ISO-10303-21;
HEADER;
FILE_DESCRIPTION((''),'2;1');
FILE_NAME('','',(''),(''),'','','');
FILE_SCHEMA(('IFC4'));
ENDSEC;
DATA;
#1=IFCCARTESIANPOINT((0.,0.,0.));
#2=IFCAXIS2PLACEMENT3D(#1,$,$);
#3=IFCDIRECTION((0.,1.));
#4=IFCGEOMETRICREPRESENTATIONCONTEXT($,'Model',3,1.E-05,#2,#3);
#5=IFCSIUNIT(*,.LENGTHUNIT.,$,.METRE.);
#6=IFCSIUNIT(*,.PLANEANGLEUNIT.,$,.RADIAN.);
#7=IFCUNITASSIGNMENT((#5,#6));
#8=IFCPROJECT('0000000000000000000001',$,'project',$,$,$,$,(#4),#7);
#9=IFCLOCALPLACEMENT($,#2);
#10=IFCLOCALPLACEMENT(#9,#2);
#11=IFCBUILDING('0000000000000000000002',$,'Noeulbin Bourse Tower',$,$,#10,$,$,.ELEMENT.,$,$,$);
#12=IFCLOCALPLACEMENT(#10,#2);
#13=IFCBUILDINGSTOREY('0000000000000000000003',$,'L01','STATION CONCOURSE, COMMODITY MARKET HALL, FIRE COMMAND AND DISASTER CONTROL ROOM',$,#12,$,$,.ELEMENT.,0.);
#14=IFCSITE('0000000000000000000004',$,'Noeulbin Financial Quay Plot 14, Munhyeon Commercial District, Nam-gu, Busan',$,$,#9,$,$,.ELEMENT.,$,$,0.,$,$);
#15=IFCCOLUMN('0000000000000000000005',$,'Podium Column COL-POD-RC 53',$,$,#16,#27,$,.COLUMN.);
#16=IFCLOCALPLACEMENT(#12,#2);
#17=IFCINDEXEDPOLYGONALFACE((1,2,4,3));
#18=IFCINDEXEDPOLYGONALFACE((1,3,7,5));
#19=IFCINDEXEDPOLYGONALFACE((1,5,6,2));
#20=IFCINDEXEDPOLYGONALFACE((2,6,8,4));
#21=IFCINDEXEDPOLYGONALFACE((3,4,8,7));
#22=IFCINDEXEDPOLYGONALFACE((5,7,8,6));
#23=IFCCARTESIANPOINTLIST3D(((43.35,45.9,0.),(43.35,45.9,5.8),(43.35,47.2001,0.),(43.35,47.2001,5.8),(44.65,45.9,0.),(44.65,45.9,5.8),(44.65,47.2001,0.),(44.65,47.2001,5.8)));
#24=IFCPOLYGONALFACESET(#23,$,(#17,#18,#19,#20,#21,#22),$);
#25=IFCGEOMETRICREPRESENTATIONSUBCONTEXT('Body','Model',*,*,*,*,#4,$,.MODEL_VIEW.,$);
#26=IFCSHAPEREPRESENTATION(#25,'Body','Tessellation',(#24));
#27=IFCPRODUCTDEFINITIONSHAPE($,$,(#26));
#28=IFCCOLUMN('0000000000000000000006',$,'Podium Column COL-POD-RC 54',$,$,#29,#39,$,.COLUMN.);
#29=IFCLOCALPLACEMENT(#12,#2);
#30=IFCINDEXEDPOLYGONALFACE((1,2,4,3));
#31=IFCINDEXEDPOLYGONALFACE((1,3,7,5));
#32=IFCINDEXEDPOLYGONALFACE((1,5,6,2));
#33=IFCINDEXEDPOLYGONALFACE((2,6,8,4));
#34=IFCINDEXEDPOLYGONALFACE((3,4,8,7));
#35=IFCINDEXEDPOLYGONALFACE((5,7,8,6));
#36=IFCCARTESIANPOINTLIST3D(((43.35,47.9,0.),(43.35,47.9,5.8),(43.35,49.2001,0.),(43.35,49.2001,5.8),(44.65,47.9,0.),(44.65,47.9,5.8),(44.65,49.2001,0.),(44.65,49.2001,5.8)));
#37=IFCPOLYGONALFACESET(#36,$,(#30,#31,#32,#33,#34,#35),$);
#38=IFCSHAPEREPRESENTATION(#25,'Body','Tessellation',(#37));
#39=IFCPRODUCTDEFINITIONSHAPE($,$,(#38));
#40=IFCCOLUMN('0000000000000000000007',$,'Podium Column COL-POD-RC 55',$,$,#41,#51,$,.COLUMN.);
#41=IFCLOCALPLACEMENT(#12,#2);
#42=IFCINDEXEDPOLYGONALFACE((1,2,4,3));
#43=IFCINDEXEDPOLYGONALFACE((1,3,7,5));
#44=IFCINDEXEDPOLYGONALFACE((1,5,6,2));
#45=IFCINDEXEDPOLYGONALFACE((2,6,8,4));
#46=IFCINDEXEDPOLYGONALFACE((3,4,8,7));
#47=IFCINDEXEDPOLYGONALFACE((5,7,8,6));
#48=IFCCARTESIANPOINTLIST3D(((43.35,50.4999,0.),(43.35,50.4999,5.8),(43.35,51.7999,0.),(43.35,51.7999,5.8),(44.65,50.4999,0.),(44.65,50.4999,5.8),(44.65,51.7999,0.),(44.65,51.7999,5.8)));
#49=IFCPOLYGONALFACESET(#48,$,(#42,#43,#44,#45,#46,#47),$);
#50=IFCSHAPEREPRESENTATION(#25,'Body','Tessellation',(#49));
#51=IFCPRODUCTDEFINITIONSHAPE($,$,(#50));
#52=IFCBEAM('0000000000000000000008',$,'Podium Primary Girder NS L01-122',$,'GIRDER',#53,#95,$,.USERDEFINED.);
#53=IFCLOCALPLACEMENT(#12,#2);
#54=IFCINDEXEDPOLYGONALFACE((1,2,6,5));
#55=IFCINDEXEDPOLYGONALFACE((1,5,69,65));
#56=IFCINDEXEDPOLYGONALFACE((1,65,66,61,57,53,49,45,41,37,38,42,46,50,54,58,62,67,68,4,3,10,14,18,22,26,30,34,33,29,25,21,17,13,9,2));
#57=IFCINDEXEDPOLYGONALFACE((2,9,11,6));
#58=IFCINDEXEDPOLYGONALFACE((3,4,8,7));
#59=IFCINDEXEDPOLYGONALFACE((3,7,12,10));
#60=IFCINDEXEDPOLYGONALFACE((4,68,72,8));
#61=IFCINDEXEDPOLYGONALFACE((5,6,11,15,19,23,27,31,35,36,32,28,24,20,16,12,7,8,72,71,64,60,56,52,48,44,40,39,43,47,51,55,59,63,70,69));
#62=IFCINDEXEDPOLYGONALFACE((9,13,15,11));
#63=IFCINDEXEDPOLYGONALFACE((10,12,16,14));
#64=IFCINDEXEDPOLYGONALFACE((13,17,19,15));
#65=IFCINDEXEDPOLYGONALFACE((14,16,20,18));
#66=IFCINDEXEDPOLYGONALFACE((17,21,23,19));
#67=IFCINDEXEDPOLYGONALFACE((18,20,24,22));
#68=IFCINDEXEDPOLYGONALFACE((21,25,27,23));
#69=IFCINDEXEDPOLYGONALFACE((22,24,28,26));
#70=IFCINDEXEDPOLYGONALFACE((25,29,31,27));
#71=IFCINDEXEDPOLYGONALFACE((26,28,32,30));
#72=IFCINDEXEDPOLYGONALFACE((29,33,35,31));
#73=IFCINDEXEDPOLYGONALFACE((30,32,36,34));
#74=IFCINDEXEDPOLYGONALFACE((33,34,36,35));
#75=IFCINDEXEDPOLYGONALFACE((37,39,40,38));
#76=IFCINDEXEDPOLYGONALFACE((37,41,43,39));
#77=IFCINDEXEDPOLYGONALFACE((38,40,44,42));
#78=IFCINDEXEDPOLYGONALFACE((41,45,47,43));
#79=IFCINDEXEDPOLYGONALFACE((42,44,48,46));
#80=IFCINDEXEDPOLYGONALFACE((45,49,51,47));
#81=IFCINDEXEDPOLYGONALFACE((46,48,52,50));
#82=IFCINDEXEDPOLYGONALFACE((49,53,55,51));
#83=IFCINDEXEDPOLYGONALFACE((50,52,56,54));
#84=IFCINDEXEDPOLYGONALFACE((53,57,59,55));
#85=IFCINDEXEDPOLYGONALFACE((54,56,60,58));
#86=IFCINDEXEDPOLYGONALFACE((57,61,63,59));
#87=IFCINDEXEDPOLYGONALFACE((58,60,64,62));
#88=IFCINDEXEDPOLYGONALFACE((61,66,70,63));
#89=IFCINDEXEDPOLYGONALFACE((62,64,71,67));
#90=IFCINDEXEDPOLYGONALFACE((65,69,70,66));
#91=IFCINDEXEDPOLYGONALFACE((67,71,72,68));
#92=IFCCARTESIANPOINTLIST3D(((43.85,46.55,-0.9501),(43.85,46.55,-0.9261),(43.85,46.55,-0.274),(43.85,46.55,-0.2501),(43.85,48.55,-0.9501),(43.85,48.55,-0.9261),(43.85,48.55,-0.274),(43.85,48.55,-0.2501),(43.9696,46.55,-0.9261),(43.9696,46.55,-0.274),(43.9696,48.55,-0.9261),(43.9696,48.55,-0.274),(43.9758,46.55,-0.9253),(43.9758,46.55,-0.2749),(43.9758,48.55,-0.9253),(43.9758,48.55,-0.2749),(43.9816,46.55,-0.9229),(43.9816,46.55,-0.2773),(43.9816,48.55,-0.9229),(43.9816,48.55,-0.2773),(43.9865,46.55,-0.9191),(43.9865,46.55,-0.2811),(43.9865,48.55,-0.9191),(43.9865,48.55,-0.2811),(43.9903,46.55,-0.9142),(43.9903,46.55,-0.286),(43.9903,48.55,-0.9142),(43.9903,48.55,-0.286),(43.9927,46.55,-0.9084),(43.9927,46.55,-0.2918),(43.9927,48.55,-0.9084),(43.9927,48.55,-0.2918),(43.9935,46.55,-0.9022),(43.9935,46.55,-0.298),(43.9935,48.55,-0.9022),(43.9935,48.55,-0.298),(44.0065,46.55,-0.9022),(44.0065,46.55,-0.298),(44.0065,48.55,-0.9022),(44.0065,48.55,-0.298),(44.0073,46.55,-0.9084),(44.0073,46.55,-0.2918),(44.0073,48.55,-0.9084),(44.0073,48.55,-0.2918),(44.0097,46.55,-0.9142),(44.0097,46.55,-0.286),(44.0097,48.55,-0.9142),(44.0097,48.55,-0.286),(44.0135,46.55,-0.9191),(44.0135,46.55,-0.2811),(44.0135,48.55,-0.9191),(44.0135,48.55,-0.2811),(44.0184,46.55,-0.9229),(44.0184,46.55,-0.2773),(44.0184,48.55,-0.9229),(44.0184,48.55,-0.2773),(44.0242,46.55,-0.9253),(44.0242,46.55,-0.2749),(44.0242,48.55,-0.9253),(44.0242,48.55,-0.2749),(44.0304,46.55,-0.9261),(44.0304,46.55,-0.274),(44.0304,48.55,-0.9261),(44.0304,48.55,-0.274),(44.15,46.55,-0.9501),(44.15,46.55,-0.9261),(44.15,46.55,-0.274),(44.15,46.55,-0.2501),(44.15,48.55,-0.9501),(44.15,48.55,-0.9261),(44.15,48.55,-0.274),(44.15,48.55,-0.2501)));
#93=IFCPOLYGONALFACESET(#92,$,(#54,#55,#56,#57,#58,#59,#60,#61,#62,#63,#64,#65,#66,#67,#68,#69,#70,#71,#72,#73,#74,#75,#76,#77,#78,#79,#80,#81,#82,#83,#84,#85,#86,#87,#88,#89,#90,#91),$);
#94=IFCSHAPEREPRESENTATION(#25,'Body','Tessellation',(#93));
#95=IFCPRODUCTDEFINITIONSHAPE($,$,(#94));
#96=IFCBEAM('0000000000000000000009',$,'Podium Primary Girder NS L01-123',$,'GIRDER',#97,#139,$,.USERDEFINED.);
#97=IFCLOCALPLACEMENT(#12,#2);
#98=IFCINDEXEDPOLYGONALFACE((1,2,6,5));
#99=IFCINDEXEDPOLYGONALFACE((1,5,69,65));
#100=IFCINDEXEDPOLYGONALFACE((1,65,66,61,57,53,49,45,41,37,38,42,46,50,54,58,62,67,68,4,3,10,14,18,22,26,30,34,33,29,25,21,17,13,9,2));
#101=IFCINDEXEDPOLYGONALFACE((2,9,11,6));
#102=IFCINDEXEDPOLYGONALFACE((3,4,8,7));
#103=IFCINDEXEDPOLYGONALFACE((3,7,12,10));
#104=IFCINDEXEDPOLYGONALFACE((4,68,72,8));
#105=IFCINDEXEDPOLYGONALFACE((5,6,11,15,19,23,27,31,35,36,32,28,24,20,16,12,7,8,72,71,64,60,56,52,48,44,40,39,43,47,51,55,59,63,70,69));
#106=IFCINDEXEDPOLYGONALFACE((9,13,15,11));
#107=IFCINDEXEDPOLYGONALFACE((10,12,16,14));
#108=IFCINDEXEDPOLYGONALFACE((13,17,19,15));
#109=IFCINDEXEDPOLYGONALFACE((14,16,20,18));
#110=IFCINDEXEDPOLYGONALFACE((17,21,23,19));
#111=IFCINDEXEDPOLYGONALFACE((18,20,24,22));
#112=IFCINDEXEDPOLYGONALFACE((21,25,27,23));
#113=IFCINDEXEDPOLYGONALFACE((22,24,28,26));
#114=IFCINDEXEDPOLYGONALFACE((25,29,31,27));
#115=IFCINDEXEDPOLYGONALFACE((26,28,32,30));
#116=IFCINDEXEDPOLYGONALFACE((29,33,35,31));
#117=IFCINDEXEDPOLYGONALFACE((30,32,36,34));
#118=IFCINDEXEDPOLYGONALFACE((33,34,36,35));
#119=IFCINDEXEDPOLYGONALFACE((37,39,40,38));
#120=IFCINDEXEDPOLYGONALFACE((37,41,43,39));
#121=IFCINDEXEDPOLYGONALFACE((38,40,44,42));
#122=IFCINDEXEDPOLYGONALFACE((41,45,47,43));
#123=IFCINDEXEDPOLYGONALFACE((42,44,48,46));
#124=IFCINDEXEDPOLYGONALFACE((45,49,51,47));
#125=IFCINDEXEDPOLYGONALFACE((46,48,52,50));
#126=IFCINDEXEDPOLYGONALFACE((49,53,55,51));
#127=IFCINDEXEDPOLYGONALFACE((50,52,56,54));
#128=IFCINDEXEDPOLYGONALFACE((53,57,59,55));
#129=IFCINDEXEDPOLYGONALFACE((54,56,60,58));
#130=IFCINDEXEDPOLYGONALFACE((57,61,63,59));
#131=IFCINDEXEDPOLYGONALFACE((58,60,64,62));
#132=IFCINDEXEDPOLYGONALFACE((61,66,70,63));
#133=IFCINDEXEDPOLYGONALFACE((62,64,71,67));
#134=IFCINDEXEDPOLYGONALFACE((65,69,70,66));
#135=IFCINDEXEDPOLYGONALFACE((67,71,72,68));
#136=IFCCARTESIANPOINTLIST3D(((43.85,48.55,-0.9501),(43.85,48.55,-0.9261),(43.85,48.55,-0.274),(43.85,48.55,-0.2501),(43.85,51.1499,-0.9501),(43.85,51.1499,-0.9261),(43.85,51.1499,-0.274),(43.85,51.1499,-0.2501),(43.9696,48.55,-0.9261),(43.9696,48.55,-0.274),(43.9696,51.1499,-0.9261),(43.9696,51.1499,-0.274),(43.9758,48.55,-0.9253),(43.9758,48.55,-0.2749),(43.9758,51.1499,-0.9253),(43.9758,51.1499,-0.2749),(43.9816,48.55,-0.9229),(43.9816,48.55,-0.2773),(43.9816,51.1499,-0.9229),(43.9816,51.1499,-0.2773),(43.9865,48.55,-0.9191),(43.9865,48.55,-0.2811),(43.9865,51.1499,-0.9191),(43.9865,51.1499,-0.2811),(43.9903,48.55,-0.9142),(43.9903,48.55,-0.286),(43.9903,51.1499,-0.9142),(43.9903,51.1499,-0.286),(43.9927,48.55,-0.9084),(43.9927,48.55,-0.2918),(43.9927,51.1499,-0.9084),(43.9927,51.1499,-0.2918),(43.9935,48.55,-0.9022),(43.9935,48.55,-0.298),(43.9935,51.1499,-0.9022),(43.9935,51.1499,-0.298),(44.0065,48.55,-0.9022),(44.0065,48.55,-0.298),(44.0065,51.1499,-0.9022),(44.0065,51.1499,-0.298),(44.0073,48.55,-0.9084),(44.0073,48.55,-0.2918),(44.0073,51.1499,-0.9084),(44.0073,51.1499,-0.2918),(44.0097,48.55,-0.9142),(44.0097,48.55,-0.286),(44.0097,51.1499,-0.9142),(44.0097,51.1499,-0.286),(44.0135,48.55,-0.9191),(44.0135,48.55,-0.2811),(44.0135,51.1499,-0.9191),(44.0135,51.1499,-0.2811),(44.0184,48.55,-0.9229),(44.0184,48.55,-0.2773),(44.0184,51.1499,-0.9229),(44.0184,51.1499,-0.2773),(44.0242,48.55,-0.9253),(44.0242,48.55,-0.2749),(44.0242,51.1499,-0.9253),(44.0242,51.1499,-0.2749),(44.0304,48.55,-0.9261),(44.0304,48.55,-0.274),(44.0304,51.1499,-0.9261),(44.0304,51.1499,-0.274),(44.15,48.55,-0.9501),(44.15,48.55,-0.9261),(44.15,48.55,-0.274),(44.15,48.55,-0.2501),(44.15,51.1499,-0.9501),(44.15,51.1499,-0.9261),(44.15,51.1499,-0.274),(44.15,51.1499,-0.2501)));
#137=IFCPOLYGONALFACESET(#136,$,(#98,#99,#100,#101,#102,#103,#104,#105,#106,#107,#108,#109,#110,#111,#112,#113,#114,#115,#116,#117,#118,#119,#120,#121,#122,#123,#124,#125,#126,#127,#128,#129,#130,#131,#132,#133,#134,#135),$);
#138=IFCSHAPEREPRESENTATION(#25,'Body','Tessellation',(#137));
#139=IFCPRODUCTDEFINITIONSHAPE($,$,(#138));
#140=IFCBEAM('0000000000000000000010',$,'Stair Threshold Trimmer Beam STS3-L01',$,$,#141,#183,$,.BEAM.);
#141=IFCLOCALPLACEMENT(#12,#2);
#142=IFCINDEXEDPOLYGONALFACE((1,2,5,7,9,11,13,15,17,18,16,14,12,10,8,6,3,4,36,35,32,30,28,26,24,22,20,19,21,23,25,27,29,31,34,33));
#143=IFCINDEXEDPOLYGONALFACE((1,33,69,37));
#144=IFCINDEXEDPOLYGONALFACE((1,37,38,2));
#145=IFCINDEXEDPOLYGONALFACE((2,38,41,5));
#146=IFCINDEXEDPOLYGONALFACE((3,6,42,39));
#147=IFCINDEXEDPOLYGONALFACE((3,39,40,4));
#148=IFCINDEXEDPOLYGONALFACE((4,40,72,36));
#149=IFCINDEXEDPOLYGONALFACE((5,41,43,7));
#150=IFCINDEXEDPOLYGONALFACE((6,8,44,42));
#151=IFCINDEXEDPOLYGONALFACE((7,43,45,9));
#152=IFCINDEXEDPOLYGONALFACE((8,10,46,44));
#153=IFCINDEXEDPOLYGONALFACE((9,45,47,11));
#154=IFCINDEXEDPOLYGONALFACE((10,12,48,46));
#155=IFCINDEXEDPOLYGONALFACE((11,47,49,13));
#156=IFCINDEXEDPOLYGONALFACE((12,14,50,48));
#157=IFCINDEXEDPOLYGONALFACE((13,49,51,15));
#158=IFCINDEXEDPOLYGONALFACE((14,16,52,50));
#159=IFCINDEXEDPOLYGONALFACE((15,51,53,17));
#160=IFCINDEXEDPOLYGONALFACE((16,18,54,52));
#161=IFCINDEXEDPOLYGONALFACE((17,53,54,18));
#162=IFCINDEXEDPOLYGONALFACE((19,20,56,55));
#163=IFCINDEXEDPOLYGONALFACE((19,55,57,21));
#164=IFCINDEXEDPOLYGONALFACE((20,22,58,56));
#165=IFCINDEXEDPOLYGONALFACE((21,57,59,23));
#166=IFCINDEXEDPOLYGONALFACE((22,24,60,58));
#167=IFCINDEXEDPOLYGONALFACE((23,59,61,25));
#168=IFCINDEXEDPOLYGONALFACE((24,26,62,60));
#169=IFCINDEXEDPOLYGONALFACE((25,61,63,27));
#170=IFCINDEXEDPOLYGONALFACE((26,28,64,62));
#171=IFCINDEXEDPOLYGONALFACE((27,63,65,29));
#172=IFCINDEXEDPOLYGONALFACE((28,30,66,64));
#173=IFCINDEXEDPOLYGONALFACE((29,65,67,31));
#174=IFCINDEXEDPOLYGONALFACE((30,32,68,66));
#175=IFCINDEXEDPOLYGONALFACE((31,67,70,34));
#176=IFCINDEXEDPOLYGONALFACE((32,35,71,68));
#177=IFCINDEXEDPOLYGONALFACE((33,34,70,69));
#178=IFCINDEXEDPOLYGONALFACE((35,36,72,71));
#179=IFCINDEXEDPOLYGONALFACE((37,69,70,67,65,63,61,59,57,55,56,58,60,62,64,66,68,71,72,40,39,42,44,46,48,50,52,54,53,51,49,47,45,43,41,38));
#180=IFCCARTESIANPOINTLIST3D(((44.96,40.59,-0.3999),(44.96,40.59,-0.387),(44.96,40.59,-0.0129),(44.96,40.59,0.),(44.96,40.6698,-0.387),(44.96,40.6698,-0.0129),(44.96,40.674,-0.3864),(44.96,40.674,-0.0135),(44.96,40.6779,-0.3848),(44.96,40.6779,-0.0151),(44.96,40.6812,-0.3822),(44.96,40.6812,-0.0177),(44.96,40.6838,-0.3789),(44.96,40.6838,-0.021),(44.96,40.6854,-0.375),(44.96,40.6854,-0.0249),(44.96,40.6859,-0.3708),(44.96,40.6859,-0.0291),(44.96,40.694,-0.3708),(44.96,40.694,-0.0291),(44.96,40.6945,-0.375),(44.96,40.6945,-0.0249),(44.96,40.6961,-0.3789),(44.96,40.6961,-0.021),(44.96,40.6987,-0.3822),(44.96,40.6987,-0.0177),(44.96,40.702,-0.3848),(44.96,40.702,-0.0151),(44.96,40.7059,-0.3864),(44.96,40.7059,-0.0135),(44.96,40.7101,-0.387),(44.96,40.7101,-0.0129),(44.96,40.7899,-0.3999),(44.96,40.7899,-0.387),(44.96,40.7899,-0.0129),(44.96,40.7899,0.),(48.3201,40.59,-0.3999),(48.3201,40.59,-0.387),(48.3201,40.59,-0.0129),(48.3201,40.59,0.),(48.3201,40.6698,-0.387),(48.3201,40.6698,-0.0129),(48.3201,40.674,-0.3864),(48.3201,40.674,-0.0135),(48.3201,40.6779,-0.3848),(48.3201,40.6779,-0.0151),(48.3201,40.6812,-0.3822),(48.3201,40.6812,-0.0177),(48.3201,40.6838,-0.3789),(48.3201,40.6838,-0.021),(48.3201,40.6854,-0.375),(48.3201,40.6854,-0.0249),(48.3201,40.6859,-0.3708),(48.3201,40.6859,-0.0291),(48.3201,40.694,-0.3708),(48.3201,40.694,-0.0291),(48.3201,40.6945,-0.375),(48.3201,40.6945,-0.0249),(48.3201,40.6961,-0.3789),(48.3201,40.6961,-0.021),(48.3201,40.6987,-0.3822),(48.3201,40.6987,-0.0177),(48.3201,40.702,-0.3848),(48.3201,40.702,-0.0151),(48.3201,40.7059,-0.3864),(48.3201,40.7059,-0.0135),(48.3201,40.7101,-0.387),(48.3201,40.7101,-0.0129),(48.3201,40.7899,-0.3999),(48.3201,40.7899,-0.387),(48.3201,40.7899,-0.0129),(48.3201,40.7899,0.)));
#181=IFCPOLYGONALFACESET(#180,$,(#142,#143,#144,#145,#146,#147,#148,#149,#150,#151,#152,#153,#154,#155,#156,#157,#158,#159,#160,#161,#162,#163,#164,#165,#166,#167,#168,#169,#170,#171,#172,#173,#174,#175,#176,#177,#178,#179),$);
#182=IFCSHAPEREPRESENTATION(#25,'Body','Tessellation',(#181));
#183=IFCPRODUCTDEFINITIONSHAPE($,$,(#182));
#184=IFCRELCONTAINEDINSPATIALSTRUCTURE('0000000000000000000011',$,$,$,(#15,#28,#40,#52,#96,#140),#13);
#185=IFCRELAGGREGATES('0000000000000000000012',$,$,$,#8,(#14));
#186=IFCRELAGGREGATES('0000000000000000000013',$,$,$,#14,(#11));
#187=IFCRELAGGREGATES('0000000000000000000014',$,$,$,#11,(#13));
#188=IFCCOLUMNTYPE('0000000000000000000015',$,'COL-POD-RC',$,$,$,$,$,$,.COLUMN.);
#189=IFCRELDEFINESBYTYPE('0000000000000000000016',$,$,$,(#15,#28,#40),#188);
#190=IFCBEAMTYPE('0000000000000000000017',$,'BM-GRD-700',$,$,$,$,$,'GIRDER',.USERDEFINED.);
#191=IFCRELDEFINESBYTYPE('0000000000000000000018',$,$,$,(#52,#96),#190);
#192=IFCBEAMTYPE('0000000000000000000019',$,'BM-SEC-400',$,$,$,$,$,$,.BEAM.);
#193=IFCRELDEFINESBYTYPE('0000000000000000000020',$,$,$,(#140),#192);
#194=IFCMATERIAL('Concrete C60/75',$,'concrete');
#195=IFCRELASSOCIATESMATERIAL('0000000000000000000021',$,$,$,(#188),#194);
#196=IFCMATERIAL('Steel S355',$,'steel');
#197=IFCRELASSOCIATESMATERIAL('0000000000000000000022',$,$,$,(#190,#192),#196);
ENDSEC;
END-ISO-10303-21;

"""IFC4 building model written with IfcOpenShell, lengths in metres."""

from ifc_helpers import new_model, si_unit, direction, frame, origin, origin_2d, place, context, subcontext, project, spatial, rectangle, i_section, extrude, material, material_profile, profile_set, type_object, element, save


model = new_model("IFC4")

# Units and contexts
model_context = context("Model", 3, precision=1e-05, world=origin(), true_north=direction((0.0, 1.0)))
body_context = subcontext(model_context, "Body", "Model", "MODEL_VIEW")
ifc_project = project(units=[si_unit("LENGTHUNIT", "METRE"), si_unit("PLANEANGLEUNIT", "RADIAN")], contexts=[model_context])

# Site, building, storey
site_placement = place(None, origin())
site = spatial("IfcSite", under=ifc_project, at=site_placement, Name="Noeulbin Financial Quay Plot 14, Munhyeon Commercial District, Nam-gu, Busan", CompositionType="ELEMENT", RefElevation=0.0)
building_placement = place(site_placement, origin())
building = spatial("IfcBuilding", under=site, at=building_placement, Name="Noeulbin Bourse Tower", CompositionType="ELEMENT")
storey_placement = place(building_placement, origin())
storey = spatial("IfcBuildingStorey", under=building, at=storey_placement, Name="L01", Description="STATION CONCOURSE, COMMODITY MARKET HALL, FIRE COMMAND AND DISASTER CONTROL ROOM", CompositionType="ELEMENT", Elevation=0.0)

# Columns
ifc_material_1 = material(Name="Concrete C60/75", Category="concrete")
ifc_material_profile_1 = material_profile(ifc_material_1, rectangle(XDim=1.3, YDim=1.3, at=origin_2d()), Name="RC-COL-1300x1300", Category="LoadBearing")
ifc_profile_set_1 = profile_set([ifc_material_profile_1], Name="Concrete C60/75")
column_type = type_object("IfcColumnType", Name="COL-POD-RC", PredefinedType="COLUMN", material=ifc_profile_set_1)
for number, where, z_axis, x_axis, name in (
    (1, (44.0, 46.55, 0.0), (0.0, 0.0, 1.0), (1.0, 0.0, 0.0), "Podium Column COL-POD-RC 53"),
    (2, (44.0, 48.55, 0.0), (0.0, 0.0, 1.0), (1.0, 0.0, 0.0), "Podium Column COL-POD-RC 54"),
    (3, (44.0, 51.1499, 0.0), (0.0, 0.0, 1.0), (1.0, 0.0, 0.0), "Podium Column COL-POD-RC 55"),
):
    element("IfcColumn", number, at=place(storey_placement, frame(where, z_axis=z_axis, x_axis=x_axis)), inside=storey, type_object=column_type, Name=name, PredefinedType="COLUMN", context=body_context, shape_type="SweptSolid", body=[
        extrude(rectangle(XDim=1.3, YDim=1.3, at=origin_2d()), origin(), (0.0, 0.0, 1.0), 5.8),
    ])

# Beams
ifc_material_2 = material(Name="Steel S355", Category="steel")
ifc_material_profile_2 = material_profile(ifc_material_2, i_section(OverallWidth=0.3, OverallDepth=0.7, WebThickness=0.0129, FlangeThickness=0.0239, FilletRadius=0.0239, at=origin_2d()), Name="H-700x300x13x24", Category="LoadBearing")
ifc_profile_set_2 = profile_set([ifc_material_profile_2], Name="Steel S355")
beam_type_1 = type_object("IfcBeamType", Name="BM-GRD-700", ElementType="GIRDER", PredefinedType="USERDEFINED", material=ifc_profile_set_2)
beam_1_placement = place(storey_placement, frame((44.0, 46.55, -0.6001), z_axis=(0.0, 1.0, 0.0), x_axis=(-1.0, 0.0, 0.0)))
element("IfcBeam", 4, at=beam_1_placement, inside=storey, type_object=beam_type_1, Name="Podium Primary Girder NS L01-122", ObjectType="GIRDER", PredefinedType="USERDEFINED", context=body_context, shape_type="SweptSolid", body=[
    extrude(i_section(OverallWidth=0.3, OverallDepth=0.7, WebThickness=0.0129, FlangeThickness=0.0239, FilletRadius=0.0239, at=origin_2d()), origin(), (0.0, 0.0, 1.0), 2.0),
])
beam_2_placement = place(storey_placement, frame((44.0, 48.55, -0.6001), z_axis=(0.0, 1.0, 0.0), x_axis=(-1.0, 0.0, 0.0)))
element("IfcBeam", 5, at=beam_2_placement, inside=storey, type_object=beam_type_1, Name="Podium Primary Girder NS L01-123", ObjectType="GIRDER", PredefinedType="USERDEFINED", context=body_context, shape_type="SweptSolid", body=[
    extrude(i_section(OverallWidth=0.3, OverallDepth=0.7, WebThickness=0.0129, FlangeThickness=0.0239, FilletRadius=0.0239, at=origin_2d()), origin(), (0.0, 0.0, 1.0), 2.5999),
])
ifc_material_profile_3 = material_profile(ifc_material_2, i_section(OverallWidth=0.2, OverallDepth=0.3999, WebThickness=0.0081, FlangeThickness=0.0129, FilletRadius=0.0161, at=origin_2d()), Name="H-400x200x8x13", Category="LoadBearing")
ifc_profile_set_3 = profile_set([ifc_material_profile_3], Name="Steel S355")
beam_type_2 = type_object("IfcBeamType", Name="BM-SEC-400", PredefinedType="BEAM", material=ifc_profile_set_3)
beam_3_placement = place(storey_placement, frame((44.96, 40.6899, -0.2), z_axis=(1.0, 0.0, 0.0), x_axis=(0.0, 1.0, 0.0)))
element("IfcBeam", 6, at=beam_3_placement, inside=storey, type_object=beam_type_2, Name="Stair Threshold Trimmer Beam STS3-L01", PredefinedType="BEAM", context=body_context, shape_type="SweptSolid", body=[
    extrude(i_section(OverallWidth=0.2, OverallDepth=0.3999, WebThickness=0.0081, FlangeThickness=0.0129, FilletRadius=0.0161, at=origin_2d()), origin(), (0.0, 0.0, 1.0), 3.3601),
])

save(model, "model.ifc")
